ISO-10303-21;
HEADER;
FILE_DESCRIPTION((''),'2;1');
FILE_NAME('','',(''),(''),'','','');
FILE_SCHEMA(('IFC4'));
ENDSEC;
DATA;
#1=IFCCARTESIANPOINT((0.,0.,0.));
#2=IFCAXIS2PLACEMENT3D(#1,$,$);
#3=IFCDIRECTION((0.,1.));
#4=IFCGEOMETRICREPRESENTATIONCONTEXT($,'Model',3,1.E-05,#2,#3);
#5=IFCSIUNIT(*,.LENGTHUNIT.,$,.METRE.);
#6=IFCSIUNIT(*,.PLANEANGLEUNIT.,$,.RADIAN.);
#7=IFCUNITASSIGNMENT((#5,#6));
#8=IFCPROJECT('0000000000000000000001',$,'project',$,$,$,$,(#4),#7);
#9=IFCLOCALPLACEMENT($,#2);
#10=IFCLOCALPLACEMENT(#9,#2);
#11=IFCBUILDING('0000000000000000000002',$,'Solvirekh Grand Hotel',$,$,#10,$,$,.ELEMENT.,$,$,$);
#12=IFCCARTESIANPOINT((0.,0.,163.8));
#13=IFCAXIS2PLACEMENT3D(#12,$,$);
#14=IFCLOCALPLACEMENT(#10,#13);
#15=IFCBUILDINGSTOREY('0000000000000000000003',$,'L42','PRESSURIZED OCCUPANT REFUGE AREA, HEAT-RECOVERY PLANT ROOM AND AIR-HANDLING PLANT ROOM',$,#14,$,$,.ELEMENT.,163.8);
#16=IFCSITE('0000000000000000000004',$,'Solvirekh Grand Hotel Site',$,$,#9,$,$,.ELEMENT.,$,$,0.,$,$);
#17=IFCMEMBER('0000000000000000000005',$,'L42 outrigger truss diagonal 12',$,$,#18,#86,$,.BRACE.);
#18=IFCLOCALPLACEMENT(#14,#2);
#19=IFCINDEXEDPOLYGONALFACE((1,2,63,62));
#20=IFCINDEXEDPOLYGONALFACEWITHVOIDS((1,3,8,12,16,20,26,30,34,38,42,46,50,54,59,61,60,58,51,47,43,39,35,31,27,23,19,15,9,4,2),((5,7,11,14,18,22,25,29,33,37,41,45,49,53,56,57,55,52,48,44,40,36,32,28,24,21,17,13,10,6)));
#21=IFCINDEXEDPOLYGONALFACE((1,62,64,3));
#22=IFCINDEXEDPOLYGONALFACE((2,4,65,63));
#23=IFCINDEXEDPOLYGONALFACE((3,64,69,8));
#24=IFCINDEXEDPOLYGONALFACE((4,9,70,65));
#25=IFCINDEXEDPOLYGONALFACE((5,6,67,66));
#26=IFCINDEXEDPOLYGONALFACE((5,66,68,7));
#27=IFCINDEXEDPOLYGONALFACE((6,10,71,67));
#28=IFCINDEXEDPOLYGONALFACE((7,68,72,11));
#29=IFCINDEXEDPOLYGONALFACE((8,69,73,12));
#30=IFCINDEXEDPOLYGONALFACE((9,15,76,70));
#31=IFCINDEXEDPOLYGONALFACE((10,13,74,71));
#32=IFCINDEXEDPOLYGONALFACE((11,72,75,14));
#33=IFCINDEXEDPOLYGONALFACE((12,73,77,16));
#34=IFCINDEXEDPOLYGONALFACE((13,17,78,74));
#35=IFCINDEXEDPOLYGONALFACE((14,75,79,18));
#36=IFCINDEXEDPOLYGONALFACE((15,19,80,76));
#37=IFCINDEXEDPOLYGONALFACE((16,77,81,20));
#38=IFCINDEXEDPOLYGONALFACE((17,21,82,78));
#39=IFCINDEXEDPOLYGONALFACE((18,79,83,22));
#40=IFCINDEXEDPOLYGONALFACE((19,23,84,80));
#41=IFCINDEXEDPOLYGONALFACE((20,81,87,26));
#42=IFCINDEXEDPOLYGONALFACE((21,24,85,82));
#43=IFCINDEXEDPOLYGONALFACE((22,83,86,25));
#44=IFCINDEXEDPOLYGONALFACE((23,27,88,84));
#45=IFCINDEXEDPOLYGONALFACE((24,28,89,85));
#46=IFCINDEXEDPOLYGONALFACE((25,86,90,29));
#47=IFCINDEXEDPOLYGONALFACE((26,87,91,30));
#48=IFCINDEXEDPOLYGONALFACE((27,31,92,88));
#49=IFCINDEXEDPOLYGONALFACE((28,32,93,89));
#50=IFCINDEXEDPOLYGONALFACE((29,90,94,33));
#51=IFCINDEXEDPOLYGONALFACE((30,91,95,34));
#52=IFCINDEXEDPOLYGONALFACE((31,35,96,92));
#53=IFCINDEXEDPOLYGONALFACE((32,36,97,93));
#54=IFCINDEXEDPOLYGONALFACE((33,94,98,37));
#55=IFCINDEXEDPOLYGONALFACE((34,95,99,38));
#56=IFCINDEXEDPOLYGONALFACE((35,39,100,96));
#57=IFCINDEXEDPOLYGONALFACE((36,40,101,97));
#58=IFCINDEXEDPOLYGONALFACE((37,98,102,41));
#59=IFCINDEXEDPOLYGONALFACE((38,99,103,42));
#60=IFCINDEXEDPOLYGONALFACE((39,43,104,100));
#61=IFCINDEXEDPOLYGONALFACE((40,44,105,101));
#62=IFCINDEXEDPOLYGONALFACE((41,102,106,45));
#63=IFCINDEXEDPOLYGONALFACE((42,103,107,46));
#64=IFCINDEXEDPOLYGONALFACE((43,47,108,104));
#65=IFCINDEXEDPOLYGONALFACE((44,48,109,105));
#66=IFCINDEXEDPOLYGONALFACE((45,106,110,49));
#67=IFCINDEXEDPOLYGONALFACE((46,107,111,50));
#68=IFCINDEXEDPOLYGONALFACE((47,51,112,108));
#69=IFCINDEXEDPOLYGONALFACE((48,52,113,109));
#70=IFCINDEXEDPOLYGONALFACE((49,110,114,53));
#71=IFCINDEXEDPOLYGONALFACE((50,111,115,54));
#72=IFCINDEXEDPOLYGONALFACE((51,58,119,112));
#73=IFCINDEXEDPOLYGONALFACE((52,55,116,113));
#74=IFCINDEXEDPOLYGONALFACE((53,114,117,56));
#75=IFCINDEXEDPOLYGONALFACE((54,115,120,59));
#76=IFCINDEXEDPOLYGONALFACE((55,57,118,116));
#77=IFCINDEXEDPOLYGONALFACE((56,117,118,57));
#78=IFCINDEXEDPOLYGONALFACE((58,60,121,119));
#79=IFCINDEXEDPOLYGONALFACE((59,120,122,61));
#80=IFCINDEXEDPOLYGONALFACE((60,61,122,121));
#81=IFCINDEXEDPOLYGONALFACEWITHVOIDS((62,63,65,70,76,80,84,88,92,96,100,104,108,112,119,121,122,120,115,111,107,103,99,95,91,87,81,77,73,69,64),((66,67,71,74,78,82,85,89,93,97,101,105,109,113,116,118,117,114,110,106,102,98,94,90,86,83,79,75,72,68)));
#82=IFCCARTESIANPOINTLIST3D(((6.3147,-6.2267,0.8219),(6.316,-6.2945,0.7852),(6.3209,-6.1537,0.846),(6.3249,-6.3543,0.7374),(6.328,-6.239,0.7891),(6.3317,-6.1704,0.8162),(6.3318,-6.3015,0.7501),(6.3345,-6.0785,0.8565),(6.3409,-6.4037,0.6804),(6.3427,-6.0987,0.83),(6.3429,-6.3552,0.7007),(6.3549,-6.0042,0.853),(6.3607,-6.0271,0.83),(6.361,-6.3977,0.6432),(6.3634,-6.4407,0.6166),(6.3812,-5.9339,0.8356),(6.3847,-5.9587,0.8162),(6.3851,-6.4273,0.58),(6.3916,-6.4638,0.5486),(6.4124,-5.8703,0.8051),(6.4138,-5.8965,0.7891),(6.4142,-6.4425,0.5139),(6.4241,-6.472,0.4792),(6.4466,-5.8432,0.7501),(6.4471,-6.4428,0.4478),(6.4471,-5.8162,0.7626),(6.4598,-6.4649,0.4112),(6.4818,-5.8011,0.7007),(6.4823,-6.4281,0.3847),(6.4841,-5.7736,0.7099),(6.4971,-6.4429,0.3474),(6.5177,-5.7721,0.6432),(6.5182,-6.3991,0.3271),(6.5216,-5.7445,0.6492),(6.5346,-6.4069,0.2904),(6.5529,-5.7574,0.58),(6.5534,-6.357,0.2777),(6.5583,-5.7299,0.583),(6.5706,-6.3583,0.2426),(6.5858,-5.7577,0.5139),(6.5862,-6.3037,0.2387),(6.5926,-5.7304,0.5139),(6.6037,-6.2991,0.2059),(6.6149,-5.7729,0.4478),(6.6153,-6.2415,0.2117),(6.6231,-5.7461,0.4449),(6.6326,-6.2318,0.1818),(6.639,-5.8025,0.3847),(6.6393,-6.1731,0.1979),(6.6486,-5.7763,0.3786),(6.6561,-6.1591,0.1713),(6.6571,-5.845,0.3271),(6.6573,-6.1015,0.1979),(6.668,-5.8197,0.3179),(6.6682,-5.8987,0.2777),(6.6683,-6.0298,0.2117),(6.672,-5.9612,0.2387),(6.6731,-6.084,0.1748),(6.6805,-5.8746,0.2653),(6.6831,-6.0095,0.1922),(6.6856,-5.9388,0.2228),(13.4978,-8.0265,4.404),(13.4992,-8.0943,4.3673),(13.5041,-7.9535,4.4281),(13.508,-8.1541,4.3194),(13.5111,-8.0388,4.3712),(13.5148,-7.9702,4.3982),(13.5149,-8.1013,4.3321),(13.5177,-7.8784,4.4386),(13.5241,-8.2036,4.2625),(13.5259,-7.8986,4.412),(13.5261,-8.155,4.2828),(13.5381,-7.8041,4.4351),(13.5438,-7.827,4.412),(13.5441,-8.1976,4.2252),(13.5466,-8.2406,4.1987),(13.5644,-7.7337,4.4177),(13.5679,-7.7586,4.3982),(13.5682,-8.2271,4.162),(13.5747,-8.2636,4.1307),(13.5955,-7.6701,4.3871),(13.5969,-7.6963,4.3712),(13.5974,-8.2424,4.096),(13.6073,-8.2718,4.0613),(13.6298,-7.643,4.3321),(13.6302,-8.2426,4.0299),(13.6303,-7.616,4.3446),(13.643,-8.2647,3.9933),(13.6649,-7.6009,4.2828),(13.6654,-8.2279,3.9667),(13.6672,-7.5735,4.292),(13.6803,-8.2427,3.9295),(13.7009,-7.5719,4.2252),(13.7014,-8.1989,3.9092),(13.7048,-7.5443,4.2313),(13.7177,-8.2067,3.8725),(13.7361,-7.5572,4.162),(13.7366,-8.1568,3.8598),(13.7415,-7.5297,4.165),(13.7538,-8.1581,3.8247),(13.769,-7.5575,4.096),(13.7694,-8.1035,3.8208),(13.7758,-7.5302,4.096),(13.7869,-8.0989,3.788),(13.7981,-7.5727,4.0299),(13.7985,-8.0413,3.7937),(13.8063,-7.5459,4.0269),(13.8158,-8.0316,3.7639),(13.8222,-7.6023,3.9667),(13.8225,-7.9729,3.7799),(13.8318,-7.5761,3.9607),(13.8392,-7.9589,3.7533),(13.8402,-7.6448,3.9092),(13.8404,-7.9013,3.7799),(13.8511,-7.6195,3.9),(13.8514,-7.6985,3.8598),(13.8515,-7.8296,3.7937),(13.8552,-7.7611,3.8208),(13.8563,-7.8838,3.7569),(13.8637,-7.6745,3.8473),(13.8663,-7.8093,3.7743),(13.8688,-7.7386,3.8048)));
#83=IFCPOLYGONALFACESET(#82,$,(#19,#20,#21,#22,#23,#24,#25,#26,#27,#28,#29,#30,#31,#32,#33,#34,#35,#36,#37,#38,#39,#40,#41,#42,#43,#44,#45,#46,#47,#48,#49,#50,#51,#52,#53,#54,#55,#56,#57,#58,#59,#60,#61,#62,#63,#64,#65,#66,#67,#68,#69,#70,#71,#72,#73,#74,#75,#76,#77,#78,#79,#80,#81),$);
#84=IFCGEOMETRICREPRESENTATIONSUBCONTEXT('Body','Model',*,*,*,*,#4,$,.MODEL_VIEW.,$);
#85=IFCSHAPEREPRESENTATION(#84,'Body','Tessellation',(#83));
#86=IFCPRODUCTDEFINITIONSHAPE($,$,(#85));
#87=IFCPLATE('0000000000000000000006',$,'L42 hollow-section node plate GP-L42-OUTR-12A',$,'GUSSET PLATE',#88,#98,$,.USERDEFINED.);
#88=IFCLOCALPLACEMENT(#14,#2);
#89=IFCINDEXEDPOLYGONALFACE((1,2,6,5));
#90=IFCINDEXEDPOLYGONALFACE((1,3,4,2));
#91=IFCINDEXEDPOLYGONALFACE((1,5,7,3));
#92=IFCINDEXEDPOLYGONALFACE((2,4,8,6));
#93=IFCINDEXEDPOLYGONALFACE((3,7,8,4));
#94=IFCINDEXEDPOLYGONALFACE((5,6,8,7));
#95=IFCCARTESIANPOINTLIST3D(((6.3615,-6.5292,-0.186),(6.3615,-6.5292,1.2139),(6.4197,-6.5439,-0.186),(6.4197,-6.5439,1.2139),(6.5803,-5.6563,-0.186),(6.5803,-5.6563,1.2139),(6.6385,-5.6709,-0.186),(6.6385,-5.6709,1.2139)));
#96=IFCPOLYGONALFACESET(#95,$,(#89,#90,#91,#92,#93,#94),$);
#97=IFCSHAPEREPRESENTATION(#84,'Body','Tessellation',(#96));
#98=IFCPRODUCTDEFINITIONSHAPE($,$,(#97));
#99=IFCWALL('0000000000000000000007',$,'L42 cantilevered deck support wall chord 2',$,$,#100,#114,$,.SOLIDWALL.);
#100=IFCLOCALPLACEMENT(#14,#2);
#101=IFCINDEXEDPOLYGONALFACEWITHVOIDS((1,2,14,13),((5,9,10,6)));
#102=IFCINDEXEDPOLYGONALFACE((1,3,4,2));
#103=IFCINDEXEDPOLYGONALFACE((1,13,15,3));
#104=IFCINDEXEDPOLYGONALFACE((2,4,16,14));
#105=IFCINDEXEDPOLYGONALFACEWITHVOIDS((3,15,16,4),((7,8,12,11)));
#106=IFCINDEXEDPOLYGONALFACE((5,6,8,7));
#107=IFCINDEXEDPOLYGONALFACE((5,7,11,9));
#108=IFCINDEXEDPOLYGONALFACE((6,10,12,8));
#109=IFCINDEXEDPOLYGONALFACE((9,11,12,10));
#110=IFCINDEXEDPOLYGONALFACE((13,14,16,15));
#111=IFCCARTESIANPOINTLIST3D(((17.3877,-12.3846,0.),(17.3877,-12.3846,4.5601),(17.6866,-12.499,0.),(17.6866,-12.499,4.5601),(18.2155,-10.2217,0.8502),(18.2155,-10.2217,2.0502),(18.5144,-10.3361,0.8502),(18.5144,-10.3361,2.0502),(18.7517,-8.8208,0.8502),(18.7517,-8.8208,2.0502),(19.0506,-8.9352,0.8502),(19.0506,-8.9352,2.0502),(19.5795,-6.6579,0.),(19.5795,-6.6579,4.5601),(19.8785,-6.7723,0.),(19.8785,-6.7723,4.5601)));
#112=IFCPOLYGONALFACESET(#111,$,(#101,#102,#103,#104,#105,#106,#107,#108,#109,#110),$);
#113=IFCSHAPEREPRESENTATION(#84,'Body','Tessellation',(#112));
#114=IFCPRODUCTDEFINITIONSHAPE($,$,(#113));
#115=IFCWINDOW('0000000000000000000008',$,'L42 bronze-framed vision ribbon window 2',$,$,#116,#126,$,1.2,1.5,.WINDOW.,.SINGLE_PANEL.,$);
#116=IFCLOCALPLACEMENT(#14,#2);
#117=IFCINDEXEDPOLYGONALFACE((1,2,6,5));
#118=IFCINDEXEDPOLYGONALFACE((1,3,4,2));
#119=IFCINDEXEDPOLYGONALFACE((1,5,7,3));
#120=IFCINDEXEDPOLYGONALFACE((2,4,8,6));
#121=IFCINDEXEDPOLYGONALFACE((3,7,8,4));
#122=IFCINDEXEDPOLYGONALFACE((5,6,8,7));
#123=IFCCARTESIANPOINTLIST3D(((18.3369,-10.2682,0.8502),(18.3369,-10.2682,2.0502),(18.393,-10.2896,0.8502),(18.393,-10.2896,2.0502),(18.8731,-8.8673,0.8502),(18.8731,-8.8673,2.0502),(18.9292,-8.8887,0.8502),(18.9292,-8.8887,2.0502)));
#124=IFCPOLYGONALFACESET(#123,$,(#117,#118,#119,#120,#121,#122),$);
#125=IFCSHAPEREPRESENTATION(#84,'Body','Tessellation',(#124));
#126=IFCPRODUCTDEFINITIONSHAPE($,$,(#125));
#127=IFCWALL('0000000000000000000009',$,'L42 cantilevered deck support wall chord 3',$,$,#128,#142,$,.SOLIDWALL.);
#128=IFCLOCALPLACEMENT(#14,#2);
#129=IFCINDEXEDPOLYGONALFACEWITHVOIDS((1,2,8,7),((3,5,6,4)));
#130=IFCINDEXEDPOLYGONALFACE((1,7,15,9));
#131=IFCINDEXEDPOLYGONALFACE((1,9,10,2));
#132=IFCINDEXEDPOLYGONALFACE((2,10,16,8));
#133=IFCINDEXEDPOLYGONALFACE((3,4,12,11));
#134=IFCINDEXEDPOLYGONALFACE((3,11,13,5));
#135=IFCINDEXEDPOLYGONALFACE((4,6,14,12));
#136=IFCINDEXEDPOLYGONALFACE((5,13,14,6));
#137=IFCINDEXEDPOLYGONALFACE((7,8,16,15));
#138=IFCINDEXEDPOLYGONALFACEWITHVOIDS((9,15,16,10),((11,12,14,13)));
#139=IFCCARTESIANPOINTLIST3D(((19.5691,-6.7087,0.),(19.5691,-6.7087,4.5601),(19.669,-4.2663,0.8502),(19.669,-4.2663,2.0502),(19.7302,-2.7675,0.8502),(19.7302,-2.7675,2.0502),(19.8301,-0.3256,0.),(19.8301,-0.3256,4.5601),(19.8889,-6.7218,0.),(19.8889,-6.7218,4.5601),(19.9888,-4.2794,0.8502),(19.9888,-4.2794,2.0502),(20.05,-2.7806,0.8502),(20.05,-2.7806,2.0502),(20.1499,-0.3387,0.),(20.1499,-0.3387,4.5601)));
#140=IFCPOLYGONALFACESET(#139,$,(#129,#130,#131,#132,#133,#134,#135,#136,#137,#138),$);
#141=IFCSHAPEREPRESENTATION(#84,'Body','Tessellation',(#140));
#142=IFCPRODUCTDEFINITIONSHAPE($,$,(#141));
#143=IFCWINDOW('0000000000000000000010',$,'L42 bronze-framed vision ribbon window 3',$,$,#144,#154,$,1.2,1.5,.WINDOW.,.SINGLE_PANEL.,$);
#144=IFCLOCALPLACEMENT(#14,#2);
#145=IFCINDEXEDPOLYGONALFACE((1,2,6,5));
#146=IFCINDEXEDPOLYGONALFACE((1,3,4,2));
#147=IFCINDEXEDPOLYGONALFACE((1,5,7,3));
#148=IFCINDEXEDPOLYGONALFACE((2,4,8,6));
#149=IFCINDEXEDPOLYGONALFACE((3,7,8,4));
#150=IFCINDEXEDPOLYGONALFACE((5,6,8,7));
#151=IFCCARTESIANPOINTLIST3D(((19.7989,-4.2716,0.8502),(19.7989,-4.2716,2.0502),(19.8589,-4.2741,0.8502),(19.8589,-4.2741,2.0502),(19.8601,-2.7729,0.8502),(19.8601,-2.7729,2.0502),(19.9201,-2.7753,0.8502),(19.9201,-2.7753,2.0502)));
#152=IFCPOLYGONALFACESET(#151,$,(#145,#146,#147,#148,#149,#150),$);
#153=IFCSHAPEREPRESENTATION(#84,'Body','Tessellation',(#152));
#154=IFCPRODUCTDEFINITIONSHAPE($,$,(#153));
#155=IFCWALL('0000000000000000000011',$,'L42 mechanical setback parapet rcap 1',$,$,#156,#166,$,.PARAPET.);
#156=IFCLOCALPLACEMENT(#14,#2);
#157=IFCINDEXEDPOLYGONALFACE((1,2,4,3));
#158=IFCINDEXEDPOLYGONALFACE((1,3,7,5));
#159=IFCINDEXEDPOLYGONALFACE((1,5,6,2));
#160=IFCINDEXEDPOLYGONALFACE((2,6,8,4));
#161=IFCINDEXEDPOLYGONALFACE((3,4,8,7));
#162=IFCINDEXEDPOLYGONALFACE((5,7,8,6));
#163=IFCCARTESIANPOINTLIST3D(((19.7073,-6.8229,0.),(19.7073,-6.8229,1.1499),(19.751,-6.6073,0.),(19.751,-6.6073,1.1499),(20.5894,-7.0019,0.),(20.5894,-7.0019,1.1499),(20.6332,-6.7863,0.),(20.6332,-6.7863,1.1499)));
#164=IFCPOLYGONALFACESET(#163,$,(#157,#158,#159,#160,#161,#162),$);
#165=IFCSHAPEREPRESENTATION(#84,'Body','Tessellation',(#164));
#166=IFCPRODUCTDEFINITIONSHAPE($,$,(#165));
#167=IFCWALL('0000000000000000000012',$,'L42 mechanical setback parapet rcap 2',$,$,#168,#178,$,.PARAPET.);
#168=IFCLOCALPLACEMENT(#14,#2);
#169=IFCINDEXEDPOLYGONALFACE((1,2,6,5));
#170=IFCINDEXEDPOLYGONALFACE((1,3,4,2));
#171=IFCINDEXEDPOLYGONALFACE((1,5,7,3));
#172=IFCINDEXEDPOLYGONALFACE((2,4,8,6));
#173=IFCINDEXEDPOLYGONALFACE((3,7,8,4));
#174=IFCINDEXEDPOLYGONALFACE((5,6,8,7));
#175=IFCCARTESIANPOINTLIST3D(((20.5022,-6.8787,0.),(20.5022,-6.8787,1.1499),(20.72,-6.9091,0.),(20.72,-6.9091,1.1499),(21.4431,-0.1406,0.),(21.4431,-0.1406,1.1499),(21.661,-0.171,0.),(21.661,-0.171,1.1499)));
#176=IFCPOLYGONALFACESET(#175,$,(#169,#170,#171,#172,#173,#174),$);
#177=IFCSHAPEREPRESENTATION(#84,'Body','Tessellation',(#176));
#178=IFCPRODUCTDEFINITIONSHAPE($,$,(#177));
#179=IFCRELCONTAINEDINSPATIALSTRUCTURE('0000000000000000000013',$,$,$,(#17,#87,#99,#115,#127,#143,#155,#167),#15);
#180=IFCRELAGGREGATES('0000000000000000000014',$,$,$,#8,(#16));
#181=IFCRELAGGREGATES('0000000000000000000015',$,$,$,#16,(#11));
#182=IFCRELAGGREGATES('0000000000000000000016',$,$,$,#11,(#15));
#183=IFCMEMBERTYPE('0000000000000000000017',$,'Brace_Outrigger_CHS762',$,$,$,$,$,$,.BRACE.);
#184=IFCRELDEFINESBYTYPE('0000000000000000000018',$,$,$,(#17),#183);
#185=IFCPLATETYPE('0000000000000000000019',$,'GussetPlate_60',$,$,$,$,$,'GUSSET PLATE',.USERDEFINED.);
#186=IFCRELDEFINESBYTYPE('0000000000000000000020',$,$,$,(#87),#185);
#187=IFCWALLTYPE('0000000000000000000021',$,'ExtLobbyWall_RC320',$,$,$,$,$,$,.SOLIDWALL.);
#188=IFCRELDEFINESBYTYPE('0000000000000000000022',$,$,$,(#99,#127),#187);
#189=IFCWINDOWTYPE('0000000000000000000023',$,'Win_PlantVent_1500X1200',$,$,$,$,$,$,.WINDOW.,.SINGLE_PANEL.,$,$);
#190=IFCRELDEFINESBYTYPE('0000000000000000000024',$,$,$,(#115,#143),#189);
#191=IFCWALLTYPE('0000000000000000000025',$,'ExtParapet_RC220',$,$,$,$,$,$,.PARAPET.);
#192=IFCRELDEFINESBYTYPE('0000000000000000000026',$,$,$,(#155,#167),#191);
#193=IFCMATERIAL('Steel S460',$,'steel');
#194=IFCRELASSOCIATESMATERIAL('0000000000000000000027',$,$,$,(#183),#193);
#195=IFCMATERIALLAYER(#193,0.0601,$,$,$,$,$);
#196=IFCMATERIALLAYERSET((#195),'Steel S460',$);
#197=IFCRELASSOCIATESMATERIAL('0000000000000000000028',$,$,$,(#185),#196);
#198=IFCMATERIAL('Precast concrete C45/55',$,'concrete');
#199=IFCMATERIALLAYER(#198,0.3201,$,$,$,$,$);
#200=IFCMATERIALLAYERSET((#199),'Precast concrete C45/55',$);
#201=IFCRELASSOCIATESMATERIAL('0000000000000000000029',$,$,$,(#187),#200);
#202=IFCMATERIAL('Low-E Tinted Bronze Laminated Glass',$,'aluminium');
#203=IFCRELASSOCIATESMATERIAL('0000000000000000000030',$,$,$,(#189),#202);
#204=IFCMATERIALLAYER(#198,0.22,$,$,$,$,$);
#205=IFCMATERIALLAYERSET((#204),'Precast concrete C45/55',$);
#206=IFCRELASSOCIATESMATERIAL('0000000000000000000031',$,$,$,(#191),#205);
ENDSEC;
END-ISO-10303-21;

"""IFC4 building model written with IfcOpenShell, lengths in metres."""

from ifc_helpers import new_model, si_unit, direction, frame, frame_2d, origin, origin_2d, place, context, subcontext, project, spatial, rectangle, hollow_circle, extrude, material, layer, layer_set, material_profile, profile_set, type_object, element, fill, save


model = new_model("IFC4")

# Units and contexts
model_context = context("Model", 3, precision=1e-05, world=origin(), true_north=direction((0.0, 1.0)))
body_context = subcontext(model_context, "Body", "Model", "MODEL_VIEW")
ifc_project = project(units=[si_unit("LENGTHUNIT", "METRE"), si_unit("PLANEANGLEUNIT", "RADIAN")], contexts=[model_context])

# Site, building, storey
site_placement = place(None, origin())
site = spatial("IfcSite", under=ifc_project, at=site_placement, Name="Solvirekh Grand Hotel Site", CompositionType="ELEMENT", RefElevation=0.0)
building_placement = place(site_placement, origin())
building = spatial("IfcBuilding", under=site, at=building_placement, Name="Solvirekh Grand Hotel", CompositionType="ELEMENT")
storey_placement = place(building_placement, frame((0.0, 0.0, 163.8)))
storey = spatial("IfcBuildingStorey", under=building, at=storey_placement, Name="L42", Description="PRESSURIZED OCCUPANT REFUGE AREA, HEAT-RECOVERY PLANT ROOM AND AIR-HANDLING PLANT ROOM", CompositionType="ELEMENT", Elevation=163.8)

# Shared definitions
ifc_material_1 = material(Name="Steel S460", Category="steel")

# Member
ifc_material_profile_1 = material_profile(ifc_material_1, hollow_circle(Radius=0.3811, WallThickness=0.0281, at=origin_2d()), Name="CHS 762X28")
ifc_profile_set_1 = profile_set([ifc_material_profile_1], Name="Steel S460")
member_type = type_object("IfcMemberType", Name="Brace_Outrigger_CHS762", PredefinedType="BRACE", material=ifc_profile_set_1)
member_placement = place(storey_placement, frame((6.5, -6.1001, 0.5139), z_axis=(0.873219, -0.218794, 0.435452), x_axis=(0.243048, 0.970014, 0.0)))
element("IfcMember", 1, at=member_placement, inside=storey, type_object=member_type, Name="L42 outrigger truss diagonal 12", PredefinedType="BRACE", context=body_context, shape_type="SweptSolid", body=[
    extrude(hollow_circle(Radius=0.3811, WallThickness=0.0281, at=origin_2d()), origin(), (0.0, 0.0, 1.0), 8.2261),
])

# Plate
ifc_layer_1 = layer(ifc_material_1, 0.0601)
ifc_layer_set_1 = layer_set([ifc_layer_1], Name="Steel S460")
plate_type = type_object("IfcPlateType", Name="GussetPlate_60", ElementType="GUSSET PLATE", PredefinedType="USERDEFINED", material=ifc_layer_set_1)
plate_placement = place(storey_placement, frame((6.5, -6.1001, -0.186), z_axis=(0.0, 0.0, 1.0), x_axis=(0.969999, -0.243107, 0.0)))
element("IfcPlate", 2, at=plate_placement, inside=storey, type_object=plate_type, Name="L42 hollow-section node plate GP-L42-OUTR-12A", ObjectType="GUSSET PLATE", PredefinedType="USERDEFINED", context=body_context, shape_type="SweptSolid", body=[
    extrude(rectangle(XDim=0.0601, YDim=0.8999, at=origin_2d()), origin(), (0.0, 0.0, 1.0), 1.3999),
])

# Walls, openings, windows
ifc_material_2 = material(Name="Precast concrete C45/55", Category="concrete")
ifc_layer_2 = layer(ifc_material_2, 0.3201)
ifc_layer_set_2 = layer_set([ifc_layer_2], Name="Precast concrete C45/55")
wall_type_1 = type_object("IfcWallType", Name="ExtLobbyWall_RC320", PredefinedType="SOLIDWALL", material=ifc_layer_set_2)
wall_1_placement = place(storey_placement, frame((19.729, -6.7151, 0.0), z_axis=(0.0, 0.0, 1.0), x_axis=(-0.357455, -0.93393, 0.0)))
wall_1 = element("IfcWall", 3, at=wall_1_placement, inside=storey, type_object=wall_type_1, Name="L42 cantilevered deck support wall chord 2", PredefinedType="SOLIDWALL", context=body_context, shape_type="SweptSolid", body=[
    extrude(rectangle(XDim=6.1318, YDim=0.3201, at=frame_2d((3.0659, 0.0))), origin(), (0.0, 0.0, 1.0), 4.5601),
])
opening_1_placement = place(wall_1_placement, frame((2.3159, 0.0, 0.8501)))
opening_1 = element("IfcOpeningElement", 4, at=opening_1_placement, cuts=wall_1, PredefinedType="OPENING", context=body_context, shape_type="SweptSolid", body=[
    extrude(rectangle(XDim=1.5, YDim=1.2, at=frame_2d((0.75, 0.6001))), frame((0.0, 0.1699, 0.0), z_axis=(0.0, -1.0, 0.0), x_axis=(1.0, 0.0, 0.0)), (0.0, 0.0, 1.0), 0.3401),
])
ifc_material_3 = material(Name="Low-E Tinted Bronze Laminated Glass", Category="aluminium")
window_type = type_object("IfcWindowType", Name="Win_PlantVent_1500X1200", PartitioningType="SINGLE_PANEL", PredefinedType="WINDOW", material=ifc_material_3)
window_1_placement = place(opening_1_placement, origin())
window_1 = element("IfcWindow", 5, at=window_1_placement, inside=storey, type_object=window_type, Name="L42 bronze-framed vision ribbon window 2", OverallHeight=1.2, OverallWidth=1.5, PartitioningType="SINGLE_PANEL", PredefinedType="WINDOW", context=body_context, shape_type="SweptSolid", body=[
    extrude(rectangle(XDim=1.5, YDim=1.2, at=frame_2d((0.75, 0.6001))), frame((0.0, 0.03, 0.0), z_axis=(0.0, -1.0, 0.0), x_axis=(1.0, 0.0, 0.0)), (0.0, 0.0, 1.0), 0.0601),
])
fill(opening_1, window_1)
wall_2_placement = place(storey_placement, frame((19.99, -0.332, 0.0), z_axis=(0.0, 0.0, 1.0), x_axis=(-0.040853, -0.999165, 0.0)))
wall_2 = element("IfcWall", 6, at=wall_2_placement, inside=storey, type_object=wall_type_1, Name="L42 cantilevered deck support wall chord 3", PredefinedType="SOLIDWALL", context=body_context, shape_type="SweptSolid", body=[
    extrude(rectangle(XDim=6.3884, YDim=0.3201, at=frame_2d((3.1943, 0.0))), origin(), (0.0, 0.0, 1.0), 4.5601),
])
opening_2_placement = place(wall_2_placement, frame((2.4441, 0.0, 0.8501)))
opening_2 = element("IfcOpeningElement", 7, at=opening_2_placement, cuts=wall_2, PredefinedType="OPENING", context=body_context, shape_type="SweptSolid", body=[
    extrude(rectangle(XDim=1.5, YDim=1.2, at=frame_2d((0.75, 0.6001))), frame((0.0, 0.1699, 0.0), z_axis=(0.0, -1.0, 0.0), x_axis=(1.0, 0.0, 0.0)), (0.0, 0.0, 1.0), 0.3401),
])
window_2_placement = place(opening_2_placement, origin())
window_2 = element("IfcWindow", 8, at=window_2_placement, inside=storey, type_object=window_type, Name="L42 bronze-framed vision ribbon window 3", OverallHeight=1.2, OverallWidth=1.5, PartitioningType="SINGLE_PANEL", PredefinedType="WINDOW", context=body_context, shape_type="SweptSolid", body=[
    extrude(rectangle(XDim=1.5, YDim=1.2, at=frame_2d((0.75, 0.6001))), frame((0.0, 0.03, 0.0), z_axis=(0.0, -1.0, 0.0), x_axis=(1.0, 0.0, 0.0)), (0.0, 0.0, 1.0), 0.0601),
])
fill(opening_2, window_2)

# Walls
ifc_layer_3 = layer(ifc_material_2, 0.22)
ifc_layer_set_3 = layer_set([ifc_layer_3], Name="Precast concrete C45/55")
wall_type_2 = type_object("IfcWallType", Name="ExtParapet_RC220", PredefinedType="PARAPET", material=ifc_layer_set_3)
wall_3_placement = place(storey_placement, frame((19.729, -6.7151, 0.0), z_axis=(0.0, 0.0, 1.0), x_axis=(0.980034, -0.198828, 0.0)))
element("IfcWall", 9, at=wall_3_placement, inside=storey, type_object=wall_type_2, Name="L42 mechanical setback parapet rcap 1", PredefinedType="PARAPET", context=body_context, shape_type="SweptSolid", body=[
    extrude(rectangle(XDim=0.9001, YDim=0.22, at=frame_2d((0.4502, 0.0))), origin(), (0.0, 0.0, 1.0), 1.1499),
])
wall_4_placement = place(storey_placement, frame((20.6111, -6.894, 0.0), z_axis=(0.0, 0.0, 1.0), x_axis=(0.138301, 0.99039, 0.0)))
element("IfcWall", 10, at=wall_4_placement, inside=storey, type_object=wall_type_2, Name="L42 mechanical setback parapet rcap 2", PredefinedType="PARAPET", context=body_context, shape_type="SweptSolid", body=[
    extrude(rectangle(XDim=6.8035, YDim=0.22, at=frame_2d((3.4019, 0.0))), origin(), (0.0, 0.0, 1.0), 1.1499),
])

save(model, "model.ifc")
